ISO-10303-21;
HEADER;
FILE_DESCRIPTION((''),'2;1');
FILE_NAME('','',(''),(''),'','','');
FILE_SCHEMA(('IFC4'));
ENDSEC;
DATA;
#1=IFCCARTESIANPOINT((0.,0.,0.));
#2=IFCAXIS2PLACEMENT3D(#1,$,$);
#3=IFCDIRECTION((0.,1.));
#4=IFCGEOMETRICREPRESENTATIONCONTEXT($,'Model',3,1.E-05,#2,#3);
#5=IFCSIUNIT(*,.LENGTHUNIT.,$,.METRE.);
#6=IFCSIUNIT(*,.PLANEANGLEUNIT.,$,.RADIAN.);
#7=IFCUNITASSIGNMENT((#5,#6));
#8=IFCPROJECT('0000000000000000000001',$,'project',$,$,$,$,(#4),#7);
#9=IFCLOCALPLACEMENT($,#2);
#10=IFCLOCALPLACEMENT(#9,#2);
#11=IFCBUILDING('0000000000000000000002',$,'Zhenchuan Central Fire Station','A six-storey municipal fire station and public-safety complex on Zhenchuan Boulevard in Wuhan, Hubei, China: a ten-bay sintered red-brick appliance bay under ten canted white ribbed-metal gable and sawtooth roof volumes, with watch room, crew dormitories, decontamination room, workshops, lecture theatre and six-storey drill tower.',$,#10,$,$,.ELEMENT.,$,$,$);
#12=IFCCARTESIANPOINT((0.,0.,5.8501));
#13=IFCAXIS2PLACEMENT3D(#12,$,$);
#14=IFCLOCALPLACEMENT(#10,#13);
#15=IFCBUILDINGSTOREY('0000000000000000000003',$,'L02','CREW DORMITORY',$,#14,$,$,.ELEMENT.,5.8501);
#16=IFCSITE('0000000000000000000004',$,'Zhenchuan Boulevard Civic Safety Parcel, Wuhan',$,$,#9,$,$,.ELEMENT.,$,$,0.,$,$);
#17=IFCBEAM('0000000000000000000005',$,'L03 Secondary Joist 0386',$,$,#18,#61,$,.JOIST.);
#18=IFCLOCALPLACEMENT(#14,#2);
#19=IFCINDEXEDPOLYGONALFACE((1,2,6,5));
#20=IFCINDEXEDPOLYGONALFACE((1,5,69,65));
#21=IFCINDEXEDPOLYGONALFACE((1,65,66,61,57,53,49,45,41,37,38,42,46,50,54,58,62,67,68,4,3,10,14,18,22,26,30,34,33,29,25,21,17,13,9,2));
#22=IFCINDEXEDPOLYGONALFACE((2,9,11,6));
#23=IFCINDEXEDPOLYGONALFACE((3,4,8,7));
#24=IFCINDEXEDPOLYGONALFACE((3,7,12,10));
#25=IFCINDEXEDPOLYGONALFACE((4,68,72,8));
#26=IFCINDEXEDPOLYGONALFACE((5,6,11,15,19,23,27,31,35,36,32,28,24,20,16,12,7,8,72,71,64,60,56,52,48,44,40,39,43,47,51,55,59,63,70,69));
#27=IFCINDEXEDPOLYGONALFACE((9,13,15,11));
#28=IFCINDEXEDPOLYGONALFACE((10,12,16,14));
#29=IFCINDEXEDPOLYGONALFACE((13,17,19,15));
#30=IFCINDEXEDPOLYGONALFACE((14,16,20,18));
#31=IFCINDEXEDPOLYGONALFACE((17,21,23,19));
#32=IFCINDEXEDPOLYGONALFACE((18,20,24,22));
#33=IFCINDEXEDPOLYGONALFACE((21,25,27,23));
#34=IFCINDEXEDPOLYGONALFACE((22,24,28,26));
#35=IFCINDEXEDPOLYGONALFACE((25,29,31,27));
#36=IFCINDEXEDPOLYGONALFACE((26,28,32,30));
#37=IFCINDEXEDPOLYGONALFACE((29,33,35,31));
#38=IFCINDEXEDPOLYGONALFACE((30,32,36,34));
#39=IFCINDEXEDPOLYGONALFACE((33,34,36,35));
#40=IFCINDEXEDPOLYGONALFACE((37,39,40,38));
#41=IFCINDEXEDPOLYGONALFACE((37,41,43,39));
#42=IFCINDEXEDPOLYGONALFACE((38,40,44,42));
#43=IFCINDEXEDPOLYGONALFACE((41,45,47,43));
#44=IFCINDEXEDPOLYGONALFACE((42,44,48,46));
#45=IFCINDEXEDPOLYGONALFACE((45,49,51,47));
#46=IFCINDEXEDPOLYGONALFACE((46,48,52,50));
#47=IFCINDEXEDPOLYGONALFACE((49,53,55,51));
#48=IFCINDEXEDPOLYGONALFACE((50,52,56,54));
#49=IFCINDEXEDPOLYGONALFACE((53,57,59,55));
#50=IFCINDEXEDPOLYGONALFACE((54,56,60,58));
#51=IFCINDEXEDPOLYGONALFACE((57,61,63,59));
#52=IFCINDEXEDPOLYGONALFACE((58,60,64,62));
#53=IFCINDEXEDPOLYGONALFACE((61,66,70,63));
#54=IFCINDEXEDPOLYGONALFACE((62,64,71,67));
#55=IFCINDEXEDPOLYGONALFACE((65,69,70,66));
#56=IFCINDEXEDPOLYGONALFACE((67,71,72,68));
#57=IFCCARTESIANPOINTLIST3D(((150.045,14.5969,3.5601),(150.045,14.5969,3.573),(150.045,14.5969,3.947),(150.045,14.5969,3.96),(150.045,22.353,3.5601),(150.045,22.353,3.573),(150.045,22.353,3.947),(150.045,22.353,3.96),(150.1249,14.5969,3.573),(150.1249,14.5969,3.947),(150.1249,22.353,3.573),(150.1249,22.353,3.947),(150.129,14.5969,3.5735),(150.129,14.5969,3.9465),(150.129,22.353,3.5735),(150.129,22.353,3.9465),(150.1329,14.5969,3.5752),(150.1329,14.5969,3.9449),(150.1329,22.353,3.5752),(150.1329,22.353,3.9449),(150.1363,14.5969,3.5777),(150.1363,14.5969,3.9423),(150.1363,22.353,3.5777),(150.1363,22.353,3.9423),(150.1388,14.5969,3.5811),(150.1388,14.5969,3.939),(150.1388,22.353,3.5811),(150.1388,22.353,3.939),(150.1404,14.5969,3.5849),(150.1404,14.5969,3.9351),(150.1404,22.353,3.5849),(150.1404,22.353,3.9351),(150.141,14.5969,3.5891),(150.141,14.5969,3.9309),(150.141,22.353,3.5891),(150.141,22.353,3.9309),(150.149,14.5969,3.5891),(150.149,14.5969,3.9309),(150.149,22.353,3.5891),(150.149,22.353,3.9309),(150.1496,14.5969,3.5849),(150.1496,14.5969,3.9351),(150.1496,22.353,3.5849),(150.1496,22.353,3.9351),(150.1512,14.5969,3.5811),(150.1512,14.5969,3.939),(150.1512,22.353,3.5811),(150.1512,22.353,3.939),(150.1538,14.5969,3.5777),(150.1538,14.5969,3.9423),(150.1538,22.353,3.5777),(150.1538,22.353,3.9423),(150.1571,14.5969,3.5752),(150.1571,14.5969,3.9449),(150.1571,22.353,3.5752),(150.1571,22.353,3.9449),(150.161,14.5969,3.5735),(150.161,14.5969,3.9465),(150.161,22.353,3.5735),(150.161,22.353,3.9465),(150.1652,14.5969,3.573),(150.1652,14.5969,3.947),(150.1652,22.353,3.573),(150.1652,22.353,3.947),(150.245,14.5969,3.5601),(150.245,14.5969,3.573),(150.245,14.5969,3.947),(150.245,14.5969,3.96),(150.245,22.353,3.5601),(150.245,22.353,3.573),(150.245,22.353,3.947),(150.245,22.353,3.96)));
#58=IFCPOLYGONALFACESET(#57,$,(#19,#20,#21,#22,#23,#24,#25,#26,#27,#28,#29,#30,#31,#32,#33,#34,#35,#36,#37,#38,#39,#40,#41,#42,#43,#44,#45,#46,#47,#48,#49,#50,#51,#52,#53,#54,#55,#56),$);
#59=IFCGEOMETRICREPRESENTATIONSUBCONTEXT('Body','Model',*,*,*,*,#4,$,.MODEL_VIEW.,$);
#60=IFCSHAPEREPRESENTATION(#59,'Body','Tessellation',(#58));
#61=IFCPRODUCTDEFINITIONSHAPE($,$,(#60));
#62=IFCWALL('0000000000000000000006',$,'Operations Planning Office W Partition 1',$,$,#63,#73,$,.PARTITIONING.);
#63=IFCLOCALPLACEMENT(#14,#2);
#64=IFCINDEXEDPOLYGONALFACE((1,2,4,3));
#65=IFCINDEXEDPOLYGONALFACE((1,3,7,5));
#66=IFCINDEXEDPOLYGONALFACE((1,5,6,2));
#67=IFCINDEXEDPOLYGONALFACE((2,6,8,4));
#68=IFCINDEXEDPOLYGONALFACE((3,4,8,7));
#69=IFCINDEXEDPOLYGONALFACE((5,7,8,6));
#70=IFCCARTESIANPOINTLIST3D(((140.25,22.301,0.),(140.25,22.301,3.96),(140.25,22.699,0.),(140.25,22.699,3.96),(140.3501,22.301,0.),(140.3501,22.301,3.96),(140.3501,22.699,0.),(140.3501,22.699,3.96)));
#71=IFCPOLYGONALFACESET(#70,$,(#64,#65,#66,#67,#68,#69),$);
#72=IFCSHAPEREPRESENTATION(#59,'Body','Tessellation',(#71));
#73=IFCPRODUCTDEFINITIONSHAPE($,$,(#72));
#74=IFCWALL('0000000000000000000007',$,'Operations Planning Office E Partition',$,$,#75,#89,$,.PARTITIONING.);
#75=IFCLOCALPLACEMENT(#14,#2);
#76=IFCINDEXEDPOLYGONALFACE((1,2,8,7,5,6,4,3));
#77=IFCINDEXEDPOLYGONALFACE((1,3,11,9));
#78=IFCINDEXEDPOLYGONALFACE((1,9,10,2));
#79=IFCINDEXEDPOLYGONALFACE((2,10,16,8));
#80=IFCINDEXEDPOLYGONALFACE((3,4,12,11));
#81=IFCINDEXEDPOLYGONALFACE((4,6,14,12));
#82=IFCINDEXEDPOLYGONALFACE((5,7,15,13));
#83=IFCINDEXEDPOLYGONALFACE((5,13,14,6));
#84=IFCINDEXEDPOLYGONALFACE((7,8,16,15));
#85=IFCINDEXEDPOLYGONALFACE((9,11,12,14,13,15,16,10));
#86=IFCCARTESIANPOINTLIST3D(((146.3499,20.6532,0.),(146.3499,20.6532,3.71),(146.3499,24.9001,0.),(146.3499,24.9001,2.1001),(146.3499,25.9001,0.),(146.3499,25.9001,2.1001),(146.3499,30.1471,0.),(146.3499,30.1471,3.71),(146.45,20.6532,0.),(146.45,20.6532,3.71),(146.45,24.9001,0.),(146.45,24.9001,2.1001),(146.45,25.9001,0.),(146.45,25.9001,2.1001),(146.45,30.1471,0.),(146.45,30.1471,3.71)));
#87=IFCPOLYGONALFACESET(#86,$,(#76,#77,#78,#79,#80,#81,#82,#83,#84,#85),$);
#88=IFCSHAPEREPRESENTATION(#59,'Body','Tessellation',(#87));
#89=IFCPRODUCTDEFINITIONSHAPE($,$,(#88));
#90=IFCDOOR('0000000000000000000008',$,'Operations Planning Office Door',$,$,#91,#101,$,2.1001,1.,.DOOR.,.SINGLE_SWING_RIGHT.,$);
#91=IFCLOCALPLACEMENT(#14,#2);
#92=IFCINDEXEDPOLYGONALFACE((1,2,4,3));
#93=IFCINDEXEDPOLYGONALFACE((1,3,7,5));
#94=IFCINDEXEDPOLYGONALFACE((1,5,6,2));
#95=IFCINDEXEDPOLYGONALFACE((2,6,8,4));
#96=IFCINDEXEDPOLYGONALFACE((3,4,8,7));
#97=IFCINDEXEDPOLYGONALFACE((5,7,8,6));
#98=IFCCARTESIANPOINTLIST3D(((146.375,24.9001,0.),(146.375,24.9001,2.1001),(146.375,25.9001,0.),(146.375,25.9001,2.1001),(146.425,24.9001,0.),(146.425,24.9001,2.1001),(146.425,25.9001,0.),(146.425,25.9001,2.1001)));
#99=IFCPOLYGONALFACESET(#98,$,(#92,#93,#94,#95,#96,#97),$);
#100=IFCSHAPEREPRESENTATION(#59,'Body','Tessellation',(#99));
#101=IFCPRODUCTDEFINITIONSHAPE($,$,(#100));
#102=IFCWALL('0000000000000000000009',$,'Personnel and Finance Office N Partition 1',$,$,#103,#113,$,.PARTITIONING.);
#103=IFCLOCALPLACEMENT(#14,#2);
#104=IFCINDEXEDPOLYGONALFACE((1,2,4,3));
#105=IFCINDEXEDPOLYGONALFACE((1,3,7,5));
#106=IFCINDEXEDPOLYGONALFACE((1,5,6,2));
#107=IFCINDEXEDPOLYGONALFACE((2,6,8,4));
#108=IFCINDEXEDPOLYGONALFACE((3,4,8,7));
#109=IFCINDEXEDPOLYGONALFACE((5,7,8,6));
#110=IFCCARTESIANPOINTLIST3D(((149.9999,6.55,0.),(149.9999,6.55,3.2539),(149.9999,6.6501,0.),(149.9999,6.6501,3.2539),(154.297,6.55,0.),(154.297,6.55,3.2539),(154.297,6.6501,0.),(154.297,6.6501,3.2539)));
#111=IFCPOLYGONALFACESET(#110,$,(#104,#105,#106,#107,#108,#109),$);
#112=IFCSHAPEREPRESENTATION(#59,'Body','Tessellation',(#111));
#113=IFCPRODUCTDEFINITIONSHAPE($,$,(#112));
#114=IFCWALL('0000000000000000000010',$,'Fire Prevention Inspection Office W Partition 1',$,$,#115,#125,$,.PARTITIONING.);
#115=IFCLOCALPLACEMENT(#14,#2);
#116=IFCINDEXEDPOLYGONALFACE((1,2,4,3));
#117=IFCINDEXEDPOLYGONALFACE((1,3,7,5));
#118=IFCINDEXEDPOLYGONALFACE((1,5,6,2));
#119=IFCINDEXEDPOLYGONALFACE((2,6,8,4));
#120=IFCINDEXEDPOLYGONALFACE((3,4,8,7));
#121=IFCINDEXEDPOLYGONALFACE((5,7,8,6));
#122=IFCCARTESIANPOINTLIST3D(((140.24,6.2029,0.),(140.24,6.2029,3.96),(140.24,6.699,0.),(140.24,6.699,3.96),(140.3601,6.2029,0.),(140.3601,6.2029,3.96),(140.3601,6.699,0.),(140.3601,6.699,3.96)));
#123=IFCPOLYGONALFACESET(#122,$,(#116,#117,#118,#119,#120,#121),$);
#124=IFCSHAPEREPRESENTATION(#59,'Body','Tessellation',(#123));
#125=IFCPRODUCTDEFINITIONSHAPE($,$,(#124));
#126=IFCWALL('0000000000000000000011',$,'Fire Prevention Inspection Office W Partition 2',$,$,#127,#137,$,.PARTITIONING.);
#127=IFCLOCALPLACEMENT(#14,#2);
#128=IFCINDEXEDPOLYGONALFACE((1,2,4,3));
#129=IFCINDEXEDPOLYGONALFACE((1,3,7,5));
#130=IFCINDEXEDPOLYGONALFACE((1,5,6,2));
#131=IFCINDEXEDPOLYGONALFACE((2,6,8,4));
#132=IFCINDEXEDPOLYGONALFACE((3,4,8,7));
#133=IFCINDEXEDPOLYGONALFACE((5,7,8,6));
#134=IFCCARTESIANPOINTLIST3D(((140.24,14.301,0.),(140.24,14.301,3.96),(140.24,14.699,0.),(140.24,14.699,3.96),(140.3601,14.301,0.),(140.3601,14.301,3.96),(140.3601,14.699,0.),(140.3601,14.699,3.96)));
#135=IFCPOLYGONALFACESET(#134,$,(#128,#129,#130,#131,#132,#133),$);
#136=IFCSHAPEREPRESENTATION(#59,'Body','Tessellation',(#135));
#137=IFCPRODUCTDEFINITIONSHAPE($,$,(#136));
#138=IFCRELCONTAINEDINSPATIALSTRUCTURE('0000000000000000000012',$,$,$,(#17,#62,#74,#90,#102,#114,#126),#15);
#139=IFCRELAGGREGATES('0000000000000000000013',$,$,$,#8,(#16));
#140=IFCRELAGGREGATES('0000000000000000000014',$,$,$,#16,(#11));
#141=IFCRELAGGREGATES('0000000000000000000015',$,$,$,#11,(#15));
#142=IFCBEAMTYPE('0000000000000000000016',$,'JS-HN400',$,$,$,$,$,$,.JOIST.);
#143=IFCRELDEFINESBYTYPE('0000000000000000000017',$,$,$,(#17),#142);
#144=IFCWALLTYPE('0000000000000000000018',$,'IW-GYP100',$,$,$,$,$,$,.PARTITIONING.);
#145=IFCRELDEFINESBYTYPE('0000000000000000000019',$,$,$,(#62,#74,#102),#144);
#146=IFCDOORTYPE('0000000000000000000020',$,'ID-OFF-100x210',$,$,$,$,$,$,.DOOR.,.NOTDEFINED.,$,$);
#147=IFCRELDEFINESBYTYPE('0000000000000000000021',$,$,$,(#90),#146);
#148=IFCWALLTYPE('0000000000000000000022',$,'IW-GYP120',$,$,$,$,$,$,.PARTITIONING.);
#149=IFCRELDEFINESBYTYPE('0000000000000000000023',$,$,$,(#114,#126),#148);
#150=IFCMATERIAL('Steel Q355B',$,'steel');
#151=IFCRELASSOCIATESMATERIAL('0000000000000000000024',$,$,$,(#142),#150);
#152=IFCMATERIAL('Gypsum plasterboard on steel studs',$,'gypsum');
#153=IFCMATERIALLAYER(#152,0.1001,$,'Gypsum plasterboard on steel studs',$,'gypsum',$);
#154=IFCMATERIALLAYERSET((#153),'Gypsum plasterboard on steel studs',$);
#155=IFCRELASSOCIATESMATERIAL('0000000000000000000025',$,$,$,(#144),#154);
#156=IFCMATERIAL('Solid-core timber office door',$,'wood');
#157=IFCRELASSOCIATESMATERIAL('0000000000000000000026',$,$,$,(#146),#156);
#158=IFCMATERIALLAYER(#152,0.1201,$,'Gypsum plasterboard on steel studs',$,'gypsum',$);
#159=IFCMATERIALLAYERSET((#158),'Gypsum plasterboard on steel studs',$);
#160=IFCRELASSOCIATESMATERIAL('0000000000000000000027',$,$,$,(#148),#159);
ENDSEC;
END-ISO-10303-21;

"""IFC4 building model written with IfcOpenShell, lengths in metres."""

from ifc_helpers import new_model, si_unit, direction, frame, frame_2d, origin, origin_2d, place, context, subcontext, project, spatial, rectangle, i_section, extrude, material, layer, layer_set, material_profile, profile_set, type_object, element, fill, save


model = new_model("IFC4")

# Units and contexts
model_context = context("Model", 3, precision=1e-05, world=origin(), true_north=direction((0.0, 1.0)))
body_context = subcontext(model_context, "Body", "Model", "MODEL_VIEW")
ifc_project = project(units=[si_unit("LENGTHUNIT", "METRE"), si_unit("PLANEANGLEUNIT", "RADIAN")], contexts=[model_context])

# Site, building, storey
site_placement = place(None, origin())
site = spatial("IfcSite", under=ifc_project, at=site_placement, Name="Zhenchuan Boulevard Civic Safety Parcel, Wuhan", CompositionType="ELEMENT", RefElevation=0.0)
building_placement = place(site_placement, origin())
building = spatial("IfcBuilding", under=site, at=building_placement, Name="Zhenchuan Central Fire Station", Description="A six-storey municipal fire station and public-safety complex on Zhenchuan Boulevard in Wuhan, Hubei, China: a ten-bay sintered red-brick appliance bay under ten canted white ribbed-metal gable and sawtooth roof volumes, with watch room, crew dormitories, decontamination room, workshops, lecture theatre and six-storey drill tower.", CompositionType="ELEMENT")
storey_placement = place(building_placement, frame((0.0, 0.0, 5.8501)))
storey = spatial("IfcBuildingStorey", under=building, at=storey_placement, Name="L02", Description="CREW DORMITORY", CompositionType="ELEMENT", Elevation=5.8501)

# Shared definitions
ifc_material_1 = material(Name="Steel Q355B", Category="steel")

# Beam
ifc_material_profile_1 = material_profile(ifc_material_1, i_section(OverallWidth=0.2, OverallDepth=0.3999, WebThickness=0.0081, FlangeThickness=0.0129, FilletRadius=0.0161, at=origin_2d()), Name="HN 400x200")
ifc_profile_set_1 = profile_set([ifc_material_profile_1], Name="Steel Q355B")
beam_type_1 = type_object("IfcBeamType", Name="JS-HN400", PredefinedType="JOIST", material=ifc_profile_set_1)
for number, where, z_axis, x_axis, name in (
    (1, (150.145, 14.5969, 3.76), (0.0, 1.0, 0.0), (-1.0, 0.0, 0.0), "L03 Secondary Joist 0386"),
):
    element("IfcBeam", number, at=place(storey_placement, frame(where, z_axis=z_axis, x_axis=x_axis)), inside=storey, type_object=beam_type_1, Name=name, PredefinedType="JOIST", context=body_context, shape_type="SweptSolid", body=[
        extrude(i_section(OverallWidth=0.2, OverallDepth=0.3999, WebThickness=0.0081, FlangeThickness=0.0129, FilletRadius=0.0161, at=origin_2d()), origin(), (0.0, 0.0, 1.0), 7.7561),
    ])

# Wall
ifc_material_2 = material(Name="Gypsum plasterboard on steel studs", Category="gypsum")
ifc_layer_1 = layer(ifc_material_2, 0.1001, Name="Gypsum plasterboard on steel studs", Category="gypsum")
ifc_layer_set_1 = layer_set([ifc_layer_1], Name="Gypsum plasterboard on steel studs")
wall_type_1 = type_object("IfcWallType", Name="IW-GYP100", PredefinedType="PARTITIONING", material=ifc_layer_set_1)
wall_1_placement = place(storey_placement, frame((140.3, 22.301, 0.0), z_axis=(0.0, 0.0, 1.0), x_axis=(0.0, 1.0, 0.0)))
element("IfcWall", 2, at=wall_1_placement, inside=storey, type_object=wall_type_1, Name="Operations Planning Office W Partition 1", PredefinedType="PARTITIONING", context=body_context, shape_type="SweptSolid", body=[
    extrude(rectangle(XDim=0.3979, YDim=0.1001, at=frame_2d((0.199, 0.0))), origin(), (0.0, 0.0, 1.0), 3.96),
])

# Wall, opening, door
wall_2_placement = place(storey_placement, frame((146.3999, 20.6531, 0.0), z_axis=(0.0, 0.0, 1.0), x_axis=(0.0, 1.0, 0.0)))
wall_2 = element("IfcWall", 3, at=wall_2_placement, inside=storey, type_object=wall_type_1, Name="Operations Planning Office E Partition", PredefinedType="PARTITIONING", context=body_context, shape_type="SweptSolid", body=[
    extrude(rectangle(XDim=9.4939, YDim=0.1001, at=frame_2d((4.7471, 0.0))), origin(), (0.0, 0.0, 1.0), 3.71),
])
opening_placement = place(wall_2_placement, frame((4.2471, 0.0, 0.0)))
opening = element("IfcOpeningElement", 4, at=opening_placement, cuts=wall_2, PredefinedType="OPENING", context=body_context, shape_type="SweptSolid", body=[
    extrude(rectangle(XDim=1.0, YDim=2.1001, at=frame_2d((0.5, 1.05))), frame((0.0, 0.0601, 0.0), z_axis=(0.0, -1.0, 0.0), x_axis=(1.0, 0.0, 0.0)), (0.0, 0.0, 1.0), 0.1201),
])
ifc_material_3 = material(Name="Solid-core timber office door", Category="wood")
door_type = type_object("IfcDoorType", Name="ID-OFF-100x210", OperationType="NOTDEFINED", PredefinedType="DOOR", material=ifc_material_3)
door_placement = place(opening_placement, origin())
door = element("IfcDoor", 5, at=door_placement, inside=storey, type_object=door_type, Name="Operations Planning Office Door", OperationType="SINGLE_SWING_RIGHT", OverallHeight=2.1001, OverallWidth=1.0, PredefinedType="DOOR", context=body_context, shape_type="SweptSolid", body=[
    extrude(rectangle(XDim=1.0, YDim=2.1001, at=frame_2d((0.5, 1.05))), frame((0.0, 0.0249, 0.0), z_axis=(0.0, -1.0, 0.0), x_axis=(1.0, 0.0, 0.0)), (0.0, 0.0, 1.0), 0.05),
])
fill(opening, door)

# Walls
wall_3_placement = place(storey_placement, frame((150.0, 6.6001, 0.0), z_axis=(0.0, 0.0, 1.0), x_axis=(1.0, 0.0, 0.0)))
element("IfcWall", 6, at=wall_3_placement, inside=storey, type_object=wall_type_1, Name="Personnel and Finance Office N Partition 1", PredefinedType="PARTITIONING", context=body_context, shape_type="SweptSolid", body=[
    extrude(rectangle(XDim=4.2971, YDim=0.1001, at=frame_2d((2.1484, 0.0))), origin(), (0.0, 0.0, 1.0), 3.2539),
])
ifc_layer_2 = layer(ifc_material_2, 0.1201, Name="Gypsum plasterboard on steel studs", Category="gypsum")
ifc_layer_set_2 = layer_set([ifc_layer_2], Name="Gypsum plasterboard on steel studs")
wall_type_2 = type_object("IfcWallType", Name="IW-GYP120", PredefinedType="PARTITIONING", material=ifc_layer_set_2)
wall_4_placement = place(storey_placement, frame((140.3, 6.2029, 0.0), z_axis=(0.0, 0.0, 1.0), x_axis=(0.0, 1.0, 0.0)))
element("IfcWall", 7, at=wall_4_placement, inside=storey, type_object=wall_type_2, Name="Fire Prevention Inspection Office W Partition 1", PredefinedType="PARTITIONING", context=body_context, shape_type="SweptSolid", body=[
    extrude(rectangle(XDim=0.4961, YDim=0.1201, at=frame_2d((0.248, 0.0))), origin(), (0.0, 0.0, 1.0), 3.96),
])
wall_5_placement = place(storey_placement, frame((140.3, 14.301, 0.0), z_axis=(0.0, 0.0, 1.0), x_axis=(0.0, 1.0, 0.0)))
element("IfcWall", 8, at=wall_5_placement, inside=storey, type_object=wall_type_2, Name="Fire Prevention Inspection Office W Partition 2", PredefinedType="PARTITIONING", context=body_context, shape_type="SweptSolid", body=[
    extrude(rectangle(XDim=0.3979, YDim=0.1201, at=frame_2d((0.199, 0.0))), origin(), (0.0, 0.0, 1.0), 3.96),
])

save(model, "model.ifc")
